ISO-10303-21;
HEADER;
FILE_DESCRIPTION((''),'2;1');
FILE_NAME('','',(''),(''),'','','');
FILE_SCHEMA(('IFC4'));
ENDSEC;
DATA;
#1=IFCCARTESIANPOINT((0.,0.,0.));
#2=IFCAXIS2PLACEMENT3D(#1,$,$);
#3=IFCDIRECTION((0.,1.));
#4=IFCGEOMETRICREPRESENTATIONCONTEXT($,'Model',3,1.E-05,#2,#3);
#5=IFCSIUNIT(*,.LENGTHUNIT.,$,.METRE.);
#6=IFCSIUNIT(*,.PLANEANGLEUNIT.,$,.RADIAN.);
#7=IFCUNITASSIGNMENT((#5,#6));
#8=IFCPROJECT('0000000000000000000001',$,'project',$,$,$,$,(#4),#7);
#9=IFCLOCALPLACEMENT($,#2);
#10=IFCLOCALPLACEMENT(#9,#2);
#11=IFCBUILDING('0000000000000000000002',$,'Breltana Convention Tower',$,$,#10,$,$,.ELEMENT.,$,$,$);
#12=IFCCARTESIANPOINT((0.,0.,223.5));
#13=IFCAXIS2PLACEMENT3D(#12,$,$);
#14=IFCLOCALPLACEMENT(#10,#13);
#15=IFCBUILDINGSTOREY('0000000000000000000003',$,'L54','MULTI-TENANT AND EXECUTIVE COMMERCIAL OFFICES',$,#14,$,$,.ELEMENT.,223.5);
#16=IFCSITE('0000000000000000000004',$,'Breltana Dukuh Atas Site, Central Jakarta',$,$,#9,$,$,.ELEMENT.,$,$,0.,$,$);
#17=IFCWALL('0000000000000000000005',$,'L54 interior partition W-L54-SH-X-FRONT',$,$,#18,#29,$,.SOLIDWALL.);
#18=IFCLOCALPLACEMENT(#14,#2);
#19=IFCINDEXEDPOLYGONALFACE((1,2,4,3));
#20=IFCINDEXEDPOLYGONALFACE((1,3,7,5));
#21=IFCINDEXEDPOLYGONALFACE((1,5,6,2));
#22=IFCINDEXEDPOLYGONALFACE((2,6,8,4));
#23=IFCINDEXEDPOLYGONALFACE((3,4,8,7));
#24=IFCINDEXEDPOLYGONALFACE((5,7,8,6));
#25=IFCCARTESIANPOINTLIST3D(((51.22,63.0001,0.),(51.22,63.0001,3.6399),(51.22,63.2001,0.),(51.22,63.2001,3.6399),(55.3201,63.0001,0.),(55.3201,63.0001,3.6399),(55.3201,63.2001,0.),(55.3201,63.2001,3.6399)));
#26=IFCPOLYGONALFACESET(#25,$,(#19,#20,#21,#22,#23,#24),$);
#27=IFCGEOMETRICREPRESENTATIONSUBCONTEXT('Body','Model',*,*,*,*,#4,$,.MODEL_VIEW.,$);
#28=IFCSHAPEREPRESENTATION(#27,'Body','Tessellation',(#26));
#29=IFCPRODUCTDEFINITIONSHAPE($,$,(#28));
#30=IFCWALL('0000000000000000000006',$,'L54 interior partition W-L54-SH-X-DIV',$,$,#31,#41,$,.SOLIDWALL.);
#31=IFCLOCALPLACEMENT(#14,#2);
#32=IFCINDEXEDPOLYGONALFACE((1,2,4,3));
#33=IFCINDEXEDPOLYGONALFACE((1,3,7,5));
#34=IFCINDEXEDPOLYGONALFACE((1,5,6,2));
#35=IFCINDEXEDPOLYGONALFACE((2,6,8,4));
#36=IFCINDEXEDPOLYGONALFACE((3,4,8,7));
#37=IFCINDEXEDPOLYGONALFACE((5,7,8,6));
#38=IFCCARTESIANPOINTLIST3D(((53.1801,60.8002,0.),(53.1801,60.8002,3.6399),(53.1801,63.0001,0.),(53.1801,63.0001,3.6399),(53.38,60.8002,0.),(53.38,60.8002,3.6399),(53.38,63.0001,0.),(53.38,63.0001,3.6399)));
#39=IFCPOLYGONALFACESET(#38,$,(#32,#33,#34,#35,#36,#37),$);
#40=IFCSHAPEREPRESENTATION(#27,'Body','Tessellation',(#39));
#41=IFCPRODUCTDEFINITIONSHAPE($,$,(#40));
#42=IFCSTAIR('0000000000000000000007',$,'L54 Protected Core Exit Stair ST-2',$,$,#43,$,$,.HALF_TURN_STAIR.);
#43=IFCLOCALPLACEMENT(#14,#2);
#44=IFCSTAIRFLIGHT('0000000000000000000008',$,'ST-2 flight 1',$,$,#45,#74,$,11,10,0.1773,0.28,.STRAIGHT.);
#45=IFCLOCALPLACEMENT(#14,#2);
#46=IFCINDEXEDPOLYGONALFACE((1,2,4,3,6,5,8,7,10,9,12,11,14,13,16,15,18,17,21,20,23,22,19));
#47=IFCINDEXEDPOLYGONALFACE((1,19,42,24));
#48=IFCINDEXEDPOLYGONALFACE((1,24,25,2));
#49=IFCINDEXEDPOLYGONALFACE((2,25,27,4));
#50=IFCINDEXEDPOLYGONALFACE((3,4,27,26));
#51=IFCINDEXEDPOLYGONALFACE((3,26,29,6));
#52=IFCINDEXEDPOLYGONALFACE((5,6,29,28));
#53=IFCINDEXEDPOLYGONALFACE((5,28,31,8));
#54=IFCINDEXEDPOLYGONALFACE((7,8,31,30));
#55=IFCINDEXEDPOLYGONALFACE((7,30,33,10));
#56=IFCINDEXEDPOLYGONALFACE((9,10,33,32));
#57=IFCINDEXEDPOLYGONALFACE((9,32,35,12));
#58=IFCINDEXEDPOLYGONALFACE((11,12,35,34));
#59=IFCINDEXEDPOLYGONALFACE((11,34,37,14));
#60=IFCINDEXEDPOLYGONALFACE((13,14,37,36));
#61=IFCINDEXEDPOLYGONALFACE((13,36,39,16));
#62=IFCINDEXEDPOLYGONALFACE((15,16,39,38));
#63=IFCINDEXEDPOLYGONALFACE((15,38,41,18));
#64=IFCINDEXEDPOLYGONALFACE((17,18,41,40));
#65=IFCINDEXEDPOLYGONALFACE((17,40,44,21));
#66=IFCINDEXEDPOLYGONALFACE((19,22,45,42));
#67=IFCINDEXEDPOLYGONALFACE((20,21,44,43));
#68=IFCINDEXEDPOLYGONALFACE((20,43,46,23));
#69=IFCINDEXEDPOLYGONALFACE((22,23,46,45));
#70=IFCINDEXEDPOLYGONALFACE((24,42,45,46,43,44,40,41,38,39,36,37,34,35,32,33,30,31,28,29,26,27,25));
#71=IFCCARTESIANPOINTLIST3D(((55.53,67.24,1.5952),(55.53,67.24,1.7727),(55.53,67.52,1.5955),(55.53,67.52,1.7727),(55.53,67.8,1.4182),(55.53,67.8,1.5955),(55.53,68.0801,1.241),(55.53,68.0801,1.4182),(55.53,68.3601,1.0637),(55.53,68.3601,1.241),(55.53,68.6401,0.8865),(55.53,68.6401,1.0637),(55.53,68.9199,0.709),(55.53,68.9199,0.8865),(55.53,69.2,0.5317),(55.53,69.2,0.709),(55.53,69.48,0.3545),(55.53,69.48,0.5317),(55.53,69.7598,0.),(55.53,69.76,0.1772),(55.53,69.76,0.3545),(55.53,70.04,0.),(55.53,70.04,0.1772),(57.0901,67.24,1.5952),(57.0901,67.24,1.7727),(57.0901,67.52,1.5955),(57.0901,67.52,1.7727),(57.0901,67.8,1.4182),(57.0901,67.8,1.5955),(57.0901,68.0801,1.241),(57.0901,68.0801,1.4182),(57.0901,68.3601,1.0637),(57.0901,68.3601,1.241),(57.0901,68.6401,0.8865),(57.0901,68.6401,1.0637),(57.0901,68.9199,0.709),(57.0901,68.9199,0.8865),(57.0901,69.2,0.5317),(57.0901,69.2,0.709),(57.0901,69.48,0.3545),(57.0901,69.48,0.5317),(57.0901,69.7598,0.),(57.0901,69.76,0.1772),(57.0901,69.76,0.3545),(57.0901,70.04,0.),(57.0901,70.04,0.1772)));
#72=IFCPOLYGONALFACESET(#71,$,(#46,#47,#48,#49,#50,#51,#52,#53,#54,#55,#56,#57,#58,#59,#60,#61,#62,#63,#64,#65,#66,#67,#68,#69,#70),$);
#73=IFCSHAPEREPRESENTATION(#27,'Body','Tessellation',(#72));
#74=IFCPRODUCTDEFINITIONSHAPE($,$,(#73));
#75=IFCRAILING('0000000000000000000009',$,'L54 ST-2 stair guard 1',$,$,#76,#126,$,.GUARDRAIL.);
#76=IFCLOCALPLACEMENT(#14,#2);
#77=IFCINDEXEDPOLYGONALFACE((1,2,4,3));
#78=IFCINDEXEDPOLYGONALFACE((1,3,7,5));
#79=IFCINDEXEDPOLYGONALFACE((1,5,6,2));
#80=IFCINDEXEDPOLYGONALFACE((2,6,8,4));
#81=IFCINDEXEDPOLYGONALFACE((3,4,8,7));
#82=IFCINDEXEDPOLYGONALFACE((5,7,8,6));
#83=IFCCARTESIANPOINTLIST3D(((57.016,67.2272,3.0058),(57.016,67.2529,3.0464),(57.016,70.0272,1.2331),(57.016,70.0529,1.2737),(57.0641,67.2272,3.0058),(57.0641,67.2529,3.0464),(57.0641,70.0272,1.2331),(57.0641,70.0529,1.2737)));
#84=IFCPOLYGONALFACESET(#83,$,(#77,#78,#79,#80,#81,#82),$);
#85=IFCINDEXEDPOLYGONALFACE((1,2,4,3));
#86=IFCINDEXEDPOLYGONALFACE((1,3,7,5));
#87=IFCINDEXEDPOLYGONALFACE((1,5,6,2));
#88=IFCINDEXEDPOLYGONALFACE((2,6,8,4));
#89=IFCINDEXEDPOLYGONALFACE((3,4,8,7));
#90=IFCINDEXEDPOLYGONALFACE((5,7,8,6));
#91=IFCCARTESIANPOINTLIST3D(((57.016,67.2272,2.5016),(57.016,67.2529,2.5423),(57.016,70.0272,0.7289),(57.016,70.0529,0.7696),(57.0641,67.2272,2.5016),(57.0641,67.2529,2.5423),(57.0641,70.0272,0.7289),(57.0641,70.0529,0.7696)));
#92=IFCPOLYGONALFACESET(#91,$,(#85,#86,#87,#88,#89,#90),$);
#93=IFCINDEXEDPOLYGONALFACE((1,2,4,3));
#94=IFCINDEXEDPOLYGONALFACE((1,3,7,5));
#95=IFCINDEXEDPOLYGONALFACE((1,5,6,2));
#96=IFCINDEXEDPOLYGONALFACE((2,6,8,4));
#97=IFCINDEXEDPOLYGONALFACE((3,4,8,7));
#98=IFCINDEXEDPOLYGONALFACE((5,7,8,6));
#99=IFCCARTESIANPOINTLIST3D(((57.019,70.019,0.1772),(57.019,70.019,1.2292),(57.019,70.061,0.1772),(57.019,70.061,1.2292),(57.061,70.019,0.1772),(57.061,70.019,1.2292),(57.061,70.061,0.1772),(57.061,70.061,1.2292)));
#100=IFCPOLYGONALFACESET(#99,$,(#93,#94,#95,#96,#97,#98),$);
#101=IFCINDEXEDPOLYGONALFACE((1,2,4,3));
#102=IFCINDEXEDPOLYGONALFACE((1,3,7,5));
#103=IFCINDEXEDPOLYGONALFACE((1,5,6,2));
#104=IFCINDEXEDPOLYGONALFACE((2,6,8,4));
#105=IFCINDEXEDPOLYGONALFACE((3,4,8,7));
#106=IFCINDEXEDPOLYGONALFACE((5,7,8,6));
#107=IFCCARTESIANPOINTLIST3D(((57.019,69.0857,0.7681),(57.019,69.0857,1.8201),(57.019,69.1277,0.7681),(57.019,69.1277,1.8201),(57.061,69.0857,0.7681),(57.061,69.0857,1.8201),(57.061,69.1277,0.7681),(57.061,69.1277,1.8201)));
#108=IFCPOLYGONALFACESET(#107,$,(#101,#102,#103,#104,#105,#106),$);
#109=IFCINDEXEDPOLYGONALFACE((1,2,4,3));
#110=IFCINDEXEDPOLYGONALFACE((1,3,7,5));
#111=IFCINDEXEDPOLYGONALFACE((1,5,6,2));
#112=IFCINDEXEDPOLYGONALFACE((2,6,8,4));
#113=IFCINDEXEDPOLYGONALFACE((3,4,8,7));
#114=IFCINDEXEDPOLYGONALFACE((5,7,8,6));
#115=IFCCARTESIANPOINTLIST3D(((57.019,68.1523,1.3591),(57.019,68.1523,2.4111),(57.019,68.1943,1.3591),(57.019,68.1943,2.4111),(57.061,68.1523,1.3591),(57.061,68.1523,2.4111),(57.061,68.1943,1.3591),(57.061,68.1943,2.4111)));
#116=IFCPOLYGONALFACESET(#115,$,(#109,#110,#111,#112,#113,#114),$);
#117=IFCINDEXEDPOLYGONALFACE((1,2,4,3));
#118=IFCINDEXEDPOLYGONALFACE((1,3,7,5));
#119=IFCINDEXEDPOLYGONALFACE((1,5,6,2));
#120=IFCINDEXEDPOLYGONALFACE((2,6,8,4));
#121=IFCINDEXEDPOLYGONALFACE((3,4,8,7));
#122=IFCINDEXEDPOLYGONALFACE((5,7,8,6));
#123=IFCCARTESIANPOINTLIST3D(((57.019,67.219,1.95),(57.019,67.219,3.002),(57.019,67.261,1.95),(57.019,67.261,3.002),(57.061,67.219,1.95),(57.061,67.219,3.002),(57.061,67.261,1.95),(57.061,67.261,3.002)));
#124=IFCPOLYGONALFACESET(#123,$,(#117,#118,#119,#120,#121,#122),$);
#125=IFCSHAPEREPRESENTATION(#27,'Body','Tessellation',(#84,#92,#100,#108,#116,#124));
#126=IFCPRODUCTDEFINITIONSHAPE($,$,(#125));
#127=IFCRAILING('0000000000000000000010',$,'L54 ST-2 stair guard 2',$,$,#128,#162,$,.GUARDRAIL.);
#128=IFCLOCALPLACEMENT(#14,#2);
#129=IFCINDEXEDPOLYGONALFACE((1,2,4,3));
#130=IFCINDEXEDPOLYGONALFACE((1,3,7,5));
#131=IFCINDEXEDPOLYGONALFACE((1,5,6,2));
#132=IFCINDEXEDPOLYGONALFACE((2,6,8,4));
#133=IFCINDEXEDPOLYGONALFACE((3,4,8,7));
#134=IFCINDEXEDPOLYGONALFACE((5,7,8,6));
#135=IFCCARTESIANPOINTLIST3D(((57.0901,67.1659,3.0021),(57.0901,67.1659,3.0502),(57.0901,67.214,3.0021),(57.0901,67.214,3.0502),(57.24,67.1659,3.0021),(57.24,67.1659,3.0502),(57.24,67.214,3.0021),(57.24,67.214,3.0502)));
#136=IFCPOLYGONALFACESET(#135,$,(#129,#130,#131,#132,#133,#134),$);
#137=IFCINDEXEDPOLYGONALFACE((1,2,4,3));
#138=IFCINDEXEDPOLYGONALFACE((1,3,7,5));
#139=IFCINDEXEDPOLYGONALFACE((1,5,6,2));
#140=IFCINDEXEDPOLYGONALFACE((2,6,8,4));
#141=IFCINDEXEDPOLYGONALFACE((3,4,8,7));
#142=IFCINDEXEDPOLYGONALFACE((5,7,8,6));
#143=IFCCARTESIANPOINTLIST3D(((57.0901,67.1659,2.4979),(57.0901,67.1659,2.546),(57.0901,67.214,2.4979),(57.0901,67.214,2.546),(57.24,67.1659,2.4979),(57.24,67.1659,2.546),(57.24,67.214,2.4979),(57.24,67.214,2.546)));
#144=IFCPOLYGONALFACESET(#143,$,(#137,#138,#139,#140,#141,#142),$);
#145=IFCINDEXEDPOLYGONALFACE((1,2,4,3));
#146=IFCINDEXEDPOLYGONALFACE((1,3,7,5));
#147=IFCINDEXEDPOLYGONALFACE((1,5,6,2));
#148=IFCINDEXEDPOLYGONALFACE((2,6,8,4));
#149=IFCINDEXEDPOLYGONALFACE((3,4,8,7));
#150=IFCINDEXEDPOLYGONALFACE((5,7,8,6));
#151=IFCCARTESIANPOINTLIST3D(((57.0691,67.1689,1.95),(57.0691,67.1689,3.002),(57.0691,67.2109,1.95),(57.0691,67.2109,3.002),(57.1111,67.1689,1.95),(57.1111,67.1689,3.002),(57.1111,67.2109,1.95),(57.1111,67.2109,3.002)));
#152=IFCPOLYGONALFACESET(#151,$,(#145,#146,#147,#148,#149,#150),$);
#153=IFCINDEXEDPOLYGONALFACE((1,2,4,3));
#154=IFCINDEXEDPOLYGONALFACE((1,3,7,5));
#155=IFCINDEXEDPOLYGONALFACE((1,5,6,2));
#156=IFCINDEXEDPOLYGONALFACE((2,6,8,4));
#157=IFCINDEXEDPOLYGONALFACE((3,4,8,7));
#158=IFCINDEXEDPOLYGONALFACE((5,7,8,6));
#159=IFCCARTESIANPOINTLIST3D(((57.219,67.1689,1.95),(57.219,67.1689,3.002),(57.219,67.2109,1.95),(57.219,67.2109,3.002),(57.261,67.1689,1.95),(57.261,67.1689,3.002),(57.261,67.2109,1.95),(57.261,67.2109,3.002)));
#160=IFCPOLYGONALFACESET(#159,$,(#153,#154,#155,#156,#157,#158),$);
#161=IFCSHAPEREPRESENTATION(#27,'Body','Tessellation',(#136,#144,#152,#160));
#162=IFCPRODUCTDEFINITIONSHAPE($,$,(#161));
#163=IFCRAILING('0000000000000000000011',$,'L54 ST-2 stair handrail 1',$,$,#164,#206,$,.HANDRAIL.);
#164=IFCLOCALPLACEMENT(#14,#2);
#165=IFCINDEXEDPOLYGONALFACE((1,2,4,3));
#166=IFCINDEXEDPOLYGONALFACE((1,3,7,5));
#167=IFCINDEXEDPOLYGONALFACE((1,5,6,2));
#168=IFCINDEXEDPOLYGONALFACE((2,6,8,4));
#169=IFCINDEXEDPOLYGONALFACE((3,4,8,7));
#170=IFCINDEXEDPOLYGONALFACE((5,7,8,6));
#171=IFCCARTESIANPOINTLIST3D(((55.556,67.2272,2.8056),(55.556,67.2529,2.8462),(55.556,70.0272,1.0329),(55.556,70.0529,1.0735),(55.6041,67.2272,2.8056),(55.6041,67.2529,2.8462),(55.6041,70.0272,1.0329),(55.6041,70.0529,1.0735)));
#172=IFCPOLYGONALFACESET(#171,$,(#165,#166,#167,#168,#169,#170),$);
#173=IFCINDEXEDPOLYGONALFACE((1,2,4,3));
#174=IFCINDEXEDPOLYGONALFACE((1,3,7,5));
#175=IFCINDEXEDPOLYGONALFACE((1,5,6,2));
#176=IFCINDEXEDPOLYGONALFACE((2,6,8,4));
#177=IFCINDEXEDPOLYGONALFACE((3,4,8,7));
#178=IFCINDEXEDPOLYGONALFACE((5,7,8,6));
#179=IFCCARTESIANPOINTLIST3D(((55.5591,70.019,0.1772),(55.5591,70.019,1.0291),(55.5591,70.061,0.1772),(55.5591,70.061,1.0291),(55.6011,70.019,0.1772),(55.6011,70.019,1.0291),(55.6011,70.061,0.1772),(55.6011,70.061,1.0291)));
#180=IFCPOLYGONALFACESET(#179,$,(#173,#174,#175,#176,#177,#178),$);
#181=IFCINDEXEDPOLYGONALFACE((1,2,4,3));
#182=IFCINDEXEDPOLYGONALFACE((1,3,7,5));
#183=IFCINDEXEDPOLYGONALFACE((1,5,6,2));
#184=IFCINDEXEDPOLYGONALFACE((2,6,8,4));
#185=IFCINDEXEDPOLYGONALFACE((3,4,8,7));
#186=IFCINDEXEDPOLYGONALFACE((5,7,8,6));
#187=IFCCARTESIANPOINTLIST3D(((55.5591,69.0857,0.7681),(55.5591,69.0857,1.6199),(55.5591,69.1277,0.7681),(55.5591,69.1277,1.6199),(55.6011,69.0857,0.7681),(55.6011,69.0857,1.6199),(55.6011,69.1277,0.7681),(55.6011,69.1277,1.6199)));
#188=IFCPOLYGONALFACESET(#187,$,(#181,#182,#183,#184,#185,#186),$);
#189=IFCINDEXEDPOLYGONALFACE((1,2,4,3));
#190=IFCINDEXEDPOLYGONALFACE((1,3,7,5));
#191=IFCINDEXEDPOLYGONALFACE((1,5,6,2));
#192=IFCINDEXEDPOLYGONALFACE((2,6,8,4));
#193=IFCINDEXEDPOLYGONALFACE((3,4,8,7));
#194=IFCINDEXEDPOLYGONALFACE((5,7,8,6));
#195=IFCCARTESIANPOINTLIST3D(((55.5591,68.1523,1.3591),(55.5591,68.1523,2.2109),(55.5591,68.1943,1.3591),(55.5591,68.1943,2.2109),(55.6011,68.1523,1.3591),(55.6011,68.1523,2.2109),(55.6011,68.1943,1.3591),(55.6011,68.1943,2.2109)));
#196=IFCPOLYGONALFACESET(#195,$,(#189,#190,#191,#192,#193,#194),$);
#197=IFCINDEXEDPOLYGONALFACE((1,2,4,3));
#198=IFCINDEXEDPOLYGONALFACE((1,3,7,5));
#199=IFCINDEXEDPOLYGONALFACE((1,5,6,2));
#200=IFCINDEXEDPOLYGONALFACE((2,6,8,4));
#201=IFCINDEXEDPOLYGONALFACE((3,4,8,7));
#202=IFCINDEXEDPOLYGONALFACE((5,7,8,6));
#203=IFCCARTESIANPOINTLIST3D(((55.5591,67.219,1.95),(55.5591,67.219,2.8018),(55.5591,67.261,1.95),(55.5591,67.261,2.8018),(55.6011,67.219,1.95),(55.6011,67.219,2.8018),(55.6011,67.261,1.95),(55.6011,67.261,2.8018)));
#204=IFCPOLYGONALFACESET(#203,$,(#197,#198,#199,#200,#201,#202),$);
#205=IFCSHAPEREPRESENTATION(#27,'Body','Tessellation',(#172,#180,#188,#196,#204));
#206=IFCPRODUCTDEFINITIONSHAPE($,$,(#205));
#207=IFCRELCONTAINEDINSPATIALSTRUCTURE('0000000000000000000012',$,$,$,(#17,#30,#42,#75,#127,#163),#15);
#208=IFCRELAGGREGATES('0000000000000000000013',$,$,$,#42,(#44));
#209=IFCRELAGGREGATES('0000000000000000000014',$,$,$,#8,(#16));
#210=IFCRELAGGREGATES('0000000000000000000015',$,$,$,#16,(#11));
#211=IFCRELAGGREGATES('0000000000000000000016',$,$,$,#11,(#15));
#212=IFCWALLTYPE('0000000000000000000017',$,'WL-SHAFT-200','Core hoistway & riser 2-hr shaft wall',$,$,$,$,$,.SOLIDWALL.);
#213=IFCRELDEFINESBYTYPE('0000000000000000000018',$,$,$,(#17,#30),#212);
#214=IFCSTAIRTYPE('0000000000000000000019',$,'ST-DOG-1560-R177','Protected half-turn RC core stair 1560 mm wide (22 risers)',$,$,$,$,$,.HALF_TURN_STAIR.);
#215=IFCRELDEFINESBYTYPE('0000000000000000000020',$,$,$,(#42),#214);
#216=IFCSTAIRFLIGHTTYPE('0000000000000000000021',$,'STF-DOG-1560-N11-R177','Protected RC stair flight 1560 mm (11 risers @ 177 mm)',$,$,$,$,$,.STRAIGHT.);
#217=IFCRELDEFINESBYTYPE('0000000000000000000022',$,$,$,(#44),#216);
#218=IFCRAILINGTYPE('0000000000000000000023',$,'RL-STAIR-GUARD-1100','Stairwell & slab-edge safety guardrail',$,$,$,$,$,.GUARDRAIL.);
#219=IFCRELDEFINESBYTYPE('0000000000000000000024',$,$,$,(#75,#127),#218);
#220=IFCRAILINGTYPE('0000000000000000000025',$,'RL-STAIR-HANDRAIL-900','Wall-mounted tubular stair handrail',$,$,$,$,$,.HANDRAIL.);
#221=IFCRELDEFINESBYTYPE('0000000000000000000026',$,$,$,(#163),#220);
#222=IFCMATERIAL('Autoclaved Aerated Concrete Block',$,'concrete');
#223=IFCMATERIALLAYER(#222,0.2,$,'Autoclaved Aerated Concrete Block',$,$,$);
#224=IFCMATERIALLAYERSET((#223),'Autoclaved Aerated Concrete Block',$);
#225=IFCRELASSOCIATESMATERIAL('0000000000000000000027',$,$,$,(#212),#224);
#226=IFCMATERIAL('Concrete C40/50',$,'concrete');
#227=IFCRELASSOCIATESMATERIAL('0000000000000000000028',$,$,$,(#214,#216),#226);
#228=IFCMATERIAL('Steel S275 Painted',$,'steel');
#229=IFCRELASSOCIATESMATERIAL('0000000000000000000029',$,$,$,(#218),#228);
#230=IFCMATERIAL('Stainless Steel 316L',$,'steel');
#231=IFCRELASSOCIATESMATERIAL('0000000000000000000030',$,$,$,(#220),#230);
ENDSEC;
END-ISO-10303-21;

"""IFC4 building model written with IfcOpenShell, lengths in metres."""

from ifc_helpers import new_model, si_unit, direction, frame, frame_2d, origin, origin_2d, place, context, subcontext, project, spatial, polyline, rectangle, outline, extrude, source, transform, mapped, material, layer, layer_set, type_object, element, aggregate, save


model = new_model("IFC4")

# Units and contexts
model_context = context("Model", 3, precision=1e-05, world=origin(), true_north=direction((0.0, 1.0)))
body_context = subcontext(model_context, "Body", "Model", "MODEL_VIEW")
ifc_project = project(units=[si_unit("LENGTHUNIT", "METRE"), si_unit("PLANEANGLEUNIT", "RADIAN")], contexts=[model_context])

# Site, building, storey
site_placement = place(None, origin())
site = spatial("IfcSite", under=ifc_project, at=site_placement, Name="Breltana Dukuh Atas Site, Central Jakarta", CompositionType="ELEMENT", RefElevation=0.0)
building_placement = place(site_placement, origin())
building = spatial("IfcBuilding", under=site, at=building_placement, Name="Breltana Convention Tower", CompositionType="ELEMENT")
storey_placement = place(building_placement, frame((0.0, 0.0, 223.5)))
storey = spatial("IfcBuildingStorey", under=building, at=storey_placement, Name="L54", Description="MULTI-TENANT AND EXECUTIVE COMMERCIAL OFFICES", CompositionType="ELEMENT", Elevation=223.5)

# Shared definitions
ifc_material_1 = material(Name="Autoclaved Aerated Concrete Block", Category="concrete")
ifc_layer_1 = layer(ifc_material_1, 0.2, Name="Autoclaved Aerated Concrete Block")
ifc_layer_set_1 = layer_set([ifc_layer_1], Name="Autoclaved Aerated Concrete Block")
wall_type_1 = type_object("IfcWallType", Name="WL-SHAFT-200", Description="Core hoistway & riser 2-hr shaft wall", PredefinedType="SOLIDWALL", material=ifc_layer_set_1)

# Walls
shared_shape_1 = source(origin(), body_context, "Body", "SweptSolid", [
    extrude(rectangle(XDim=4.1001, YDim=0.2, at=frame_2d((2.05, 0.0))), origin(), (0.0, 0.0, 1.0), 3.6399),
])
wall_1_placement = place(storey_placement, frame((51.22, 63.1001, 0.0), z_axis=(0.0, 0.0, 1.0), x_axis=(1.0, 0.0, 0.0)))
element("IfcWall", 1, at=wall_1_placement, inside=storey, type_object=wall_type_1, Name="L54 interior partition W-L54-SH-X-FRONT", PredefinedType="SOLIDWALL", context=body_context, shape_type="MappedRepresentation", body=[
    mapped(shared_shape_1, transform((0.0, 0.0, 0.0), scale=1.0)),
])
shared_shape_2 = source(origin(), body_context, "Body", "SweptSolid", [
    extrude(rectangle(XDim=2.2, YDim=0.2, at=frame_2d((1.1001, 0.0))), origin(), (0.0, 0.0, 1.0), 3.6399),
])
wall_2_placement = place(storey_placement, frame((53.28, 60.8, 0.0), z_axis=(0.0, 0.0, 1.0), x_axis=(0.0, 1.0, 0.0)))
element("IfcWall", 2, at=wall_2_placement, inside=storey, type_object=wall_type_1, Name="L54 interior partition W-L54-SH-X-DIV", PredefinedType="SOLIDWALL", context=body_context, shape_type="MappedRepresentation", body=[
    mapped(shared_shape_2, transform((0.0, 0.0, 0.0), scale=1.0)),
])

# Stair, stair flight
ifc_material_2 = material(Name="Concrete C40/50", Category="concrete")
stair_type = type_object("IfcStairType", Name="ST-DOG-1560-R177", Description="Protected half-turn RC core stair 1560 mm wide (22 risers)", PredefinedType="HALF_TURN_STAIR", material=ifc_material_2)
stair_placement = place(storey_placement, origin())
stair = element("IfcStair", 3, at=stair_placement, inside=storey, type_object=stair_type, Name="L54 Protected Core Exit Stair ST-2", PredefinedType="HALF_TURN_STAIR")
stair_flight_type = type_object("IfcStairFlightType", Name="STF-DOG-1560-N11-R177", Description="Protected RC stair flight 1560 mm (11 risers @ 177 mm)", PredefinedType="STRAIGHT", material=ifc_material_2)
stair_flight_placement = place(storey_placement, frame((56.3101, 70.04, 0.0), z_axis=(0.0, 0.0, 1.0), x_axis=(0.0, -1.0, 0.0)))
stair_flight = element("IfcStairFlight", 4, at=stair_flight_placement, type_object=stair_flight_type, Name="ST-2 flight 1", NumberOfRisers=11, NumberOfTreads=10, PredefinedType="STRAIGHT", RiserHeight=0.1773, TreadLength=0.28, context=body_context, shape_type="SweptSolid", body=[
    extrude(outline(polyline([(0.0, 0.0), (0.0, 0.1772), (0.28, 0.1772), (0.28, 0.3545), (0.5601, 0.3545), (0.5601, 0.5317), (0.8401, 0.5317), (0.8401, 0.709), (1.1201, 0.709), (1.1201, 0.8865), (1.3999, 0.8865), (1.3999, 1.0637), (1.6799, 1.0637), (1.6799, 1.241), (1.96, 1.241), (1.96, 1.4182), (2.24, 1.4182), (2.24, 1.5955), (2.52, 1.5955), (2.52, 1.7727), (2.8, 1.7727), (2.8, 1.95), (2.8, 1.5952), (0.2803, 0.0), (0.0, 0.0)])), frame((0.0, 0.78, 0.0), z_axis=(0.0, -1.0, 0.0), x_axis=(1.0, 0.0, 0.0)), (0.0, 0.0, 1.0), 1.5601),
])
aggregate(stair, [stair_flight])

# Railings
ifc_material_3 = material(Name="Steel S275 Painted", Category="steel")
railing_type_1 = type_object("IfcRailingType", Name="RL-STAIR-GUARD-1100", Description="Stairwell & slab-edge safety guardrail", PredefinedType="GUARDRAIL", material=ifc_material_3)
railing_1_placement = place(storey_placement, frame((57.04, 70.04, 0.1772)))
element("IfcRailing", 5, at=railing_1_placement, inside=storey, type_object=railing_type_1, Name="L54 ST-2 stair guard 1", PredefinedType="GUARDRAIL", context=body_context, shape_type="SweptSolid", body=[
    extrude(rectangle(XDim=0.0481, YDim=0.0481, at=origin_2d()), frame((0.0, 0.0, 1.0762), z_axis=(0.0, -0.844909, 0.53491), x_axis=(1.0, 0.0, 0.0)), (0.0, 0.0, 1.0), 3.314),
    extrude(rectangle(XDim=0.0481, YDim=0.0481, at=origin_2d()), frame((0.0, 0.0, 0.572), z_axis=(0.0, -0.844909, 0.53491), x_axis=(1.0, 0.0, 0.0)), (0.0, 0.0, 1.0), 3.314),
    extrude(rectangle(XDim=0.042, YDim=0.042, at=origin_2d()), origin(), (0.0, 0.0, 1.0), 1.052),
    extrude(rectangle(XDim=0.042, YDim=0.042, at=origin_2d()), frame((0.0, -0.9333, 0.5908)), (0.0, 0.0, 1.0), 1.052),
    extrude(rectangle(XDim=0.042, YDim=0.042, at=origin_2d()), frame((0.0, -1.8667, 1.1819)), (0.0, 0.0, 1.0), 1.052),
    extrude(rectangle(XDim=0.042, YDim=0.042, at=origin_2d()), frame((0.0, -2.8, 1.7727)), (0.0, 0.0, 1.0), 1.052),
])
railing_2_placement = place(storey_placement, frame((57.0901, 67.1899, 1.95)))
element("IfcRailing", 6, at=railing_2_placement, inside=storey, type_object=railing_type_1, Name="L54 ST-2 stair guard 2", PredefinedType="GUARDRAIL", context=body_context, shape_type="SweptSolid", body=[
    extrude(rectangle(XDim=0.0481, YDim=0.0481, at=origin_2d()), frame((0.0, 0.0, 1.0762), z_axis=(1.0, 0.0, 0.0), x_axis=(0.0, 1.0, 0.0)), (0.0, 0.0, 1.0), 0.1499),
    extrude(rectangle(XDim=0.0481, YDim=0.0481, at=origin_2d()), frame((0.0, 0.0, 0.572), z_axis=(1.0, 0.0, 0.0), x_axis=(0.0, 1.0, 0.0)), (0.0, 0.0, 1.0), 0.1499),
    extrude(rectangle(XDim=0.042, YDim=0.042, at=origin_2d()), origin(), (0.0, 0.0, 1.0), 1.052),
    extrude(rectangle(XDim=0.042, YDim=0.042, at=origin_2d()), frame((0.1499, 0.0, 0.0)), (0.0, 0.0, 1.0), 1.052),
])
ifc_material_4 = material(Name="Stainless Steel 316L", Category="steel")
railing_type_2 = type_object("IfcRailingType", Name="RL-STAIR-HANDRAIL-900", Description="Wall-mounted tubular stair handrail", PredefinedType="HANDRAIL", material=ifc_material_4)
railing_3_placement = place(storey_placement, frame((55.5801, 70.04, 0.1772)))
element("IfcRailing", 7, at=railing_3_placement, inside=storey, type_object=railing_type_2, Name="L54 ST-2 stair handrail 1", PredefinedType="HANDRAIL", context=body_context, shape_type="SweptSolid", body=[
    extrude(rectangle(XDim=0.0481, YDim=0.0481, at=origin_2d()), frame((0.0, 0.0, 0.876), z_axis=(0.0, -0.844909, 0.53491), x_axis=(1.0, 0.0, 0.0)), (0.0, 0.0, 1.0), 3.314),
    extrude(rectangle(XDim=0.042, YDim=0.042, at=origin_2d()), origin(), (0.0, 0.0, 1.0), 0.8518),
    extrude(rectangle(XDim=0.042, YDim=0.042, at=origin_2d()), frame((0.0, -0.9333, 0.5908)), (0.0, 0.0, 1.0), 0.8518),
    extrude(rectangle(XDim=0.042, YDim=0.042, at=origin_2d()), frame((0.0, -1.8667, 1.1819)), (0.0, 0.0, 1.0), 0.8518),
    extrude(rectangle(XDim=0.042, YDim=0.042, at=origin_2d()), frame((0.0, -2.8, 1.7727)), (0.0, 0.0, 1.0), 0.8518),
])

save(model, "model.ifc")
